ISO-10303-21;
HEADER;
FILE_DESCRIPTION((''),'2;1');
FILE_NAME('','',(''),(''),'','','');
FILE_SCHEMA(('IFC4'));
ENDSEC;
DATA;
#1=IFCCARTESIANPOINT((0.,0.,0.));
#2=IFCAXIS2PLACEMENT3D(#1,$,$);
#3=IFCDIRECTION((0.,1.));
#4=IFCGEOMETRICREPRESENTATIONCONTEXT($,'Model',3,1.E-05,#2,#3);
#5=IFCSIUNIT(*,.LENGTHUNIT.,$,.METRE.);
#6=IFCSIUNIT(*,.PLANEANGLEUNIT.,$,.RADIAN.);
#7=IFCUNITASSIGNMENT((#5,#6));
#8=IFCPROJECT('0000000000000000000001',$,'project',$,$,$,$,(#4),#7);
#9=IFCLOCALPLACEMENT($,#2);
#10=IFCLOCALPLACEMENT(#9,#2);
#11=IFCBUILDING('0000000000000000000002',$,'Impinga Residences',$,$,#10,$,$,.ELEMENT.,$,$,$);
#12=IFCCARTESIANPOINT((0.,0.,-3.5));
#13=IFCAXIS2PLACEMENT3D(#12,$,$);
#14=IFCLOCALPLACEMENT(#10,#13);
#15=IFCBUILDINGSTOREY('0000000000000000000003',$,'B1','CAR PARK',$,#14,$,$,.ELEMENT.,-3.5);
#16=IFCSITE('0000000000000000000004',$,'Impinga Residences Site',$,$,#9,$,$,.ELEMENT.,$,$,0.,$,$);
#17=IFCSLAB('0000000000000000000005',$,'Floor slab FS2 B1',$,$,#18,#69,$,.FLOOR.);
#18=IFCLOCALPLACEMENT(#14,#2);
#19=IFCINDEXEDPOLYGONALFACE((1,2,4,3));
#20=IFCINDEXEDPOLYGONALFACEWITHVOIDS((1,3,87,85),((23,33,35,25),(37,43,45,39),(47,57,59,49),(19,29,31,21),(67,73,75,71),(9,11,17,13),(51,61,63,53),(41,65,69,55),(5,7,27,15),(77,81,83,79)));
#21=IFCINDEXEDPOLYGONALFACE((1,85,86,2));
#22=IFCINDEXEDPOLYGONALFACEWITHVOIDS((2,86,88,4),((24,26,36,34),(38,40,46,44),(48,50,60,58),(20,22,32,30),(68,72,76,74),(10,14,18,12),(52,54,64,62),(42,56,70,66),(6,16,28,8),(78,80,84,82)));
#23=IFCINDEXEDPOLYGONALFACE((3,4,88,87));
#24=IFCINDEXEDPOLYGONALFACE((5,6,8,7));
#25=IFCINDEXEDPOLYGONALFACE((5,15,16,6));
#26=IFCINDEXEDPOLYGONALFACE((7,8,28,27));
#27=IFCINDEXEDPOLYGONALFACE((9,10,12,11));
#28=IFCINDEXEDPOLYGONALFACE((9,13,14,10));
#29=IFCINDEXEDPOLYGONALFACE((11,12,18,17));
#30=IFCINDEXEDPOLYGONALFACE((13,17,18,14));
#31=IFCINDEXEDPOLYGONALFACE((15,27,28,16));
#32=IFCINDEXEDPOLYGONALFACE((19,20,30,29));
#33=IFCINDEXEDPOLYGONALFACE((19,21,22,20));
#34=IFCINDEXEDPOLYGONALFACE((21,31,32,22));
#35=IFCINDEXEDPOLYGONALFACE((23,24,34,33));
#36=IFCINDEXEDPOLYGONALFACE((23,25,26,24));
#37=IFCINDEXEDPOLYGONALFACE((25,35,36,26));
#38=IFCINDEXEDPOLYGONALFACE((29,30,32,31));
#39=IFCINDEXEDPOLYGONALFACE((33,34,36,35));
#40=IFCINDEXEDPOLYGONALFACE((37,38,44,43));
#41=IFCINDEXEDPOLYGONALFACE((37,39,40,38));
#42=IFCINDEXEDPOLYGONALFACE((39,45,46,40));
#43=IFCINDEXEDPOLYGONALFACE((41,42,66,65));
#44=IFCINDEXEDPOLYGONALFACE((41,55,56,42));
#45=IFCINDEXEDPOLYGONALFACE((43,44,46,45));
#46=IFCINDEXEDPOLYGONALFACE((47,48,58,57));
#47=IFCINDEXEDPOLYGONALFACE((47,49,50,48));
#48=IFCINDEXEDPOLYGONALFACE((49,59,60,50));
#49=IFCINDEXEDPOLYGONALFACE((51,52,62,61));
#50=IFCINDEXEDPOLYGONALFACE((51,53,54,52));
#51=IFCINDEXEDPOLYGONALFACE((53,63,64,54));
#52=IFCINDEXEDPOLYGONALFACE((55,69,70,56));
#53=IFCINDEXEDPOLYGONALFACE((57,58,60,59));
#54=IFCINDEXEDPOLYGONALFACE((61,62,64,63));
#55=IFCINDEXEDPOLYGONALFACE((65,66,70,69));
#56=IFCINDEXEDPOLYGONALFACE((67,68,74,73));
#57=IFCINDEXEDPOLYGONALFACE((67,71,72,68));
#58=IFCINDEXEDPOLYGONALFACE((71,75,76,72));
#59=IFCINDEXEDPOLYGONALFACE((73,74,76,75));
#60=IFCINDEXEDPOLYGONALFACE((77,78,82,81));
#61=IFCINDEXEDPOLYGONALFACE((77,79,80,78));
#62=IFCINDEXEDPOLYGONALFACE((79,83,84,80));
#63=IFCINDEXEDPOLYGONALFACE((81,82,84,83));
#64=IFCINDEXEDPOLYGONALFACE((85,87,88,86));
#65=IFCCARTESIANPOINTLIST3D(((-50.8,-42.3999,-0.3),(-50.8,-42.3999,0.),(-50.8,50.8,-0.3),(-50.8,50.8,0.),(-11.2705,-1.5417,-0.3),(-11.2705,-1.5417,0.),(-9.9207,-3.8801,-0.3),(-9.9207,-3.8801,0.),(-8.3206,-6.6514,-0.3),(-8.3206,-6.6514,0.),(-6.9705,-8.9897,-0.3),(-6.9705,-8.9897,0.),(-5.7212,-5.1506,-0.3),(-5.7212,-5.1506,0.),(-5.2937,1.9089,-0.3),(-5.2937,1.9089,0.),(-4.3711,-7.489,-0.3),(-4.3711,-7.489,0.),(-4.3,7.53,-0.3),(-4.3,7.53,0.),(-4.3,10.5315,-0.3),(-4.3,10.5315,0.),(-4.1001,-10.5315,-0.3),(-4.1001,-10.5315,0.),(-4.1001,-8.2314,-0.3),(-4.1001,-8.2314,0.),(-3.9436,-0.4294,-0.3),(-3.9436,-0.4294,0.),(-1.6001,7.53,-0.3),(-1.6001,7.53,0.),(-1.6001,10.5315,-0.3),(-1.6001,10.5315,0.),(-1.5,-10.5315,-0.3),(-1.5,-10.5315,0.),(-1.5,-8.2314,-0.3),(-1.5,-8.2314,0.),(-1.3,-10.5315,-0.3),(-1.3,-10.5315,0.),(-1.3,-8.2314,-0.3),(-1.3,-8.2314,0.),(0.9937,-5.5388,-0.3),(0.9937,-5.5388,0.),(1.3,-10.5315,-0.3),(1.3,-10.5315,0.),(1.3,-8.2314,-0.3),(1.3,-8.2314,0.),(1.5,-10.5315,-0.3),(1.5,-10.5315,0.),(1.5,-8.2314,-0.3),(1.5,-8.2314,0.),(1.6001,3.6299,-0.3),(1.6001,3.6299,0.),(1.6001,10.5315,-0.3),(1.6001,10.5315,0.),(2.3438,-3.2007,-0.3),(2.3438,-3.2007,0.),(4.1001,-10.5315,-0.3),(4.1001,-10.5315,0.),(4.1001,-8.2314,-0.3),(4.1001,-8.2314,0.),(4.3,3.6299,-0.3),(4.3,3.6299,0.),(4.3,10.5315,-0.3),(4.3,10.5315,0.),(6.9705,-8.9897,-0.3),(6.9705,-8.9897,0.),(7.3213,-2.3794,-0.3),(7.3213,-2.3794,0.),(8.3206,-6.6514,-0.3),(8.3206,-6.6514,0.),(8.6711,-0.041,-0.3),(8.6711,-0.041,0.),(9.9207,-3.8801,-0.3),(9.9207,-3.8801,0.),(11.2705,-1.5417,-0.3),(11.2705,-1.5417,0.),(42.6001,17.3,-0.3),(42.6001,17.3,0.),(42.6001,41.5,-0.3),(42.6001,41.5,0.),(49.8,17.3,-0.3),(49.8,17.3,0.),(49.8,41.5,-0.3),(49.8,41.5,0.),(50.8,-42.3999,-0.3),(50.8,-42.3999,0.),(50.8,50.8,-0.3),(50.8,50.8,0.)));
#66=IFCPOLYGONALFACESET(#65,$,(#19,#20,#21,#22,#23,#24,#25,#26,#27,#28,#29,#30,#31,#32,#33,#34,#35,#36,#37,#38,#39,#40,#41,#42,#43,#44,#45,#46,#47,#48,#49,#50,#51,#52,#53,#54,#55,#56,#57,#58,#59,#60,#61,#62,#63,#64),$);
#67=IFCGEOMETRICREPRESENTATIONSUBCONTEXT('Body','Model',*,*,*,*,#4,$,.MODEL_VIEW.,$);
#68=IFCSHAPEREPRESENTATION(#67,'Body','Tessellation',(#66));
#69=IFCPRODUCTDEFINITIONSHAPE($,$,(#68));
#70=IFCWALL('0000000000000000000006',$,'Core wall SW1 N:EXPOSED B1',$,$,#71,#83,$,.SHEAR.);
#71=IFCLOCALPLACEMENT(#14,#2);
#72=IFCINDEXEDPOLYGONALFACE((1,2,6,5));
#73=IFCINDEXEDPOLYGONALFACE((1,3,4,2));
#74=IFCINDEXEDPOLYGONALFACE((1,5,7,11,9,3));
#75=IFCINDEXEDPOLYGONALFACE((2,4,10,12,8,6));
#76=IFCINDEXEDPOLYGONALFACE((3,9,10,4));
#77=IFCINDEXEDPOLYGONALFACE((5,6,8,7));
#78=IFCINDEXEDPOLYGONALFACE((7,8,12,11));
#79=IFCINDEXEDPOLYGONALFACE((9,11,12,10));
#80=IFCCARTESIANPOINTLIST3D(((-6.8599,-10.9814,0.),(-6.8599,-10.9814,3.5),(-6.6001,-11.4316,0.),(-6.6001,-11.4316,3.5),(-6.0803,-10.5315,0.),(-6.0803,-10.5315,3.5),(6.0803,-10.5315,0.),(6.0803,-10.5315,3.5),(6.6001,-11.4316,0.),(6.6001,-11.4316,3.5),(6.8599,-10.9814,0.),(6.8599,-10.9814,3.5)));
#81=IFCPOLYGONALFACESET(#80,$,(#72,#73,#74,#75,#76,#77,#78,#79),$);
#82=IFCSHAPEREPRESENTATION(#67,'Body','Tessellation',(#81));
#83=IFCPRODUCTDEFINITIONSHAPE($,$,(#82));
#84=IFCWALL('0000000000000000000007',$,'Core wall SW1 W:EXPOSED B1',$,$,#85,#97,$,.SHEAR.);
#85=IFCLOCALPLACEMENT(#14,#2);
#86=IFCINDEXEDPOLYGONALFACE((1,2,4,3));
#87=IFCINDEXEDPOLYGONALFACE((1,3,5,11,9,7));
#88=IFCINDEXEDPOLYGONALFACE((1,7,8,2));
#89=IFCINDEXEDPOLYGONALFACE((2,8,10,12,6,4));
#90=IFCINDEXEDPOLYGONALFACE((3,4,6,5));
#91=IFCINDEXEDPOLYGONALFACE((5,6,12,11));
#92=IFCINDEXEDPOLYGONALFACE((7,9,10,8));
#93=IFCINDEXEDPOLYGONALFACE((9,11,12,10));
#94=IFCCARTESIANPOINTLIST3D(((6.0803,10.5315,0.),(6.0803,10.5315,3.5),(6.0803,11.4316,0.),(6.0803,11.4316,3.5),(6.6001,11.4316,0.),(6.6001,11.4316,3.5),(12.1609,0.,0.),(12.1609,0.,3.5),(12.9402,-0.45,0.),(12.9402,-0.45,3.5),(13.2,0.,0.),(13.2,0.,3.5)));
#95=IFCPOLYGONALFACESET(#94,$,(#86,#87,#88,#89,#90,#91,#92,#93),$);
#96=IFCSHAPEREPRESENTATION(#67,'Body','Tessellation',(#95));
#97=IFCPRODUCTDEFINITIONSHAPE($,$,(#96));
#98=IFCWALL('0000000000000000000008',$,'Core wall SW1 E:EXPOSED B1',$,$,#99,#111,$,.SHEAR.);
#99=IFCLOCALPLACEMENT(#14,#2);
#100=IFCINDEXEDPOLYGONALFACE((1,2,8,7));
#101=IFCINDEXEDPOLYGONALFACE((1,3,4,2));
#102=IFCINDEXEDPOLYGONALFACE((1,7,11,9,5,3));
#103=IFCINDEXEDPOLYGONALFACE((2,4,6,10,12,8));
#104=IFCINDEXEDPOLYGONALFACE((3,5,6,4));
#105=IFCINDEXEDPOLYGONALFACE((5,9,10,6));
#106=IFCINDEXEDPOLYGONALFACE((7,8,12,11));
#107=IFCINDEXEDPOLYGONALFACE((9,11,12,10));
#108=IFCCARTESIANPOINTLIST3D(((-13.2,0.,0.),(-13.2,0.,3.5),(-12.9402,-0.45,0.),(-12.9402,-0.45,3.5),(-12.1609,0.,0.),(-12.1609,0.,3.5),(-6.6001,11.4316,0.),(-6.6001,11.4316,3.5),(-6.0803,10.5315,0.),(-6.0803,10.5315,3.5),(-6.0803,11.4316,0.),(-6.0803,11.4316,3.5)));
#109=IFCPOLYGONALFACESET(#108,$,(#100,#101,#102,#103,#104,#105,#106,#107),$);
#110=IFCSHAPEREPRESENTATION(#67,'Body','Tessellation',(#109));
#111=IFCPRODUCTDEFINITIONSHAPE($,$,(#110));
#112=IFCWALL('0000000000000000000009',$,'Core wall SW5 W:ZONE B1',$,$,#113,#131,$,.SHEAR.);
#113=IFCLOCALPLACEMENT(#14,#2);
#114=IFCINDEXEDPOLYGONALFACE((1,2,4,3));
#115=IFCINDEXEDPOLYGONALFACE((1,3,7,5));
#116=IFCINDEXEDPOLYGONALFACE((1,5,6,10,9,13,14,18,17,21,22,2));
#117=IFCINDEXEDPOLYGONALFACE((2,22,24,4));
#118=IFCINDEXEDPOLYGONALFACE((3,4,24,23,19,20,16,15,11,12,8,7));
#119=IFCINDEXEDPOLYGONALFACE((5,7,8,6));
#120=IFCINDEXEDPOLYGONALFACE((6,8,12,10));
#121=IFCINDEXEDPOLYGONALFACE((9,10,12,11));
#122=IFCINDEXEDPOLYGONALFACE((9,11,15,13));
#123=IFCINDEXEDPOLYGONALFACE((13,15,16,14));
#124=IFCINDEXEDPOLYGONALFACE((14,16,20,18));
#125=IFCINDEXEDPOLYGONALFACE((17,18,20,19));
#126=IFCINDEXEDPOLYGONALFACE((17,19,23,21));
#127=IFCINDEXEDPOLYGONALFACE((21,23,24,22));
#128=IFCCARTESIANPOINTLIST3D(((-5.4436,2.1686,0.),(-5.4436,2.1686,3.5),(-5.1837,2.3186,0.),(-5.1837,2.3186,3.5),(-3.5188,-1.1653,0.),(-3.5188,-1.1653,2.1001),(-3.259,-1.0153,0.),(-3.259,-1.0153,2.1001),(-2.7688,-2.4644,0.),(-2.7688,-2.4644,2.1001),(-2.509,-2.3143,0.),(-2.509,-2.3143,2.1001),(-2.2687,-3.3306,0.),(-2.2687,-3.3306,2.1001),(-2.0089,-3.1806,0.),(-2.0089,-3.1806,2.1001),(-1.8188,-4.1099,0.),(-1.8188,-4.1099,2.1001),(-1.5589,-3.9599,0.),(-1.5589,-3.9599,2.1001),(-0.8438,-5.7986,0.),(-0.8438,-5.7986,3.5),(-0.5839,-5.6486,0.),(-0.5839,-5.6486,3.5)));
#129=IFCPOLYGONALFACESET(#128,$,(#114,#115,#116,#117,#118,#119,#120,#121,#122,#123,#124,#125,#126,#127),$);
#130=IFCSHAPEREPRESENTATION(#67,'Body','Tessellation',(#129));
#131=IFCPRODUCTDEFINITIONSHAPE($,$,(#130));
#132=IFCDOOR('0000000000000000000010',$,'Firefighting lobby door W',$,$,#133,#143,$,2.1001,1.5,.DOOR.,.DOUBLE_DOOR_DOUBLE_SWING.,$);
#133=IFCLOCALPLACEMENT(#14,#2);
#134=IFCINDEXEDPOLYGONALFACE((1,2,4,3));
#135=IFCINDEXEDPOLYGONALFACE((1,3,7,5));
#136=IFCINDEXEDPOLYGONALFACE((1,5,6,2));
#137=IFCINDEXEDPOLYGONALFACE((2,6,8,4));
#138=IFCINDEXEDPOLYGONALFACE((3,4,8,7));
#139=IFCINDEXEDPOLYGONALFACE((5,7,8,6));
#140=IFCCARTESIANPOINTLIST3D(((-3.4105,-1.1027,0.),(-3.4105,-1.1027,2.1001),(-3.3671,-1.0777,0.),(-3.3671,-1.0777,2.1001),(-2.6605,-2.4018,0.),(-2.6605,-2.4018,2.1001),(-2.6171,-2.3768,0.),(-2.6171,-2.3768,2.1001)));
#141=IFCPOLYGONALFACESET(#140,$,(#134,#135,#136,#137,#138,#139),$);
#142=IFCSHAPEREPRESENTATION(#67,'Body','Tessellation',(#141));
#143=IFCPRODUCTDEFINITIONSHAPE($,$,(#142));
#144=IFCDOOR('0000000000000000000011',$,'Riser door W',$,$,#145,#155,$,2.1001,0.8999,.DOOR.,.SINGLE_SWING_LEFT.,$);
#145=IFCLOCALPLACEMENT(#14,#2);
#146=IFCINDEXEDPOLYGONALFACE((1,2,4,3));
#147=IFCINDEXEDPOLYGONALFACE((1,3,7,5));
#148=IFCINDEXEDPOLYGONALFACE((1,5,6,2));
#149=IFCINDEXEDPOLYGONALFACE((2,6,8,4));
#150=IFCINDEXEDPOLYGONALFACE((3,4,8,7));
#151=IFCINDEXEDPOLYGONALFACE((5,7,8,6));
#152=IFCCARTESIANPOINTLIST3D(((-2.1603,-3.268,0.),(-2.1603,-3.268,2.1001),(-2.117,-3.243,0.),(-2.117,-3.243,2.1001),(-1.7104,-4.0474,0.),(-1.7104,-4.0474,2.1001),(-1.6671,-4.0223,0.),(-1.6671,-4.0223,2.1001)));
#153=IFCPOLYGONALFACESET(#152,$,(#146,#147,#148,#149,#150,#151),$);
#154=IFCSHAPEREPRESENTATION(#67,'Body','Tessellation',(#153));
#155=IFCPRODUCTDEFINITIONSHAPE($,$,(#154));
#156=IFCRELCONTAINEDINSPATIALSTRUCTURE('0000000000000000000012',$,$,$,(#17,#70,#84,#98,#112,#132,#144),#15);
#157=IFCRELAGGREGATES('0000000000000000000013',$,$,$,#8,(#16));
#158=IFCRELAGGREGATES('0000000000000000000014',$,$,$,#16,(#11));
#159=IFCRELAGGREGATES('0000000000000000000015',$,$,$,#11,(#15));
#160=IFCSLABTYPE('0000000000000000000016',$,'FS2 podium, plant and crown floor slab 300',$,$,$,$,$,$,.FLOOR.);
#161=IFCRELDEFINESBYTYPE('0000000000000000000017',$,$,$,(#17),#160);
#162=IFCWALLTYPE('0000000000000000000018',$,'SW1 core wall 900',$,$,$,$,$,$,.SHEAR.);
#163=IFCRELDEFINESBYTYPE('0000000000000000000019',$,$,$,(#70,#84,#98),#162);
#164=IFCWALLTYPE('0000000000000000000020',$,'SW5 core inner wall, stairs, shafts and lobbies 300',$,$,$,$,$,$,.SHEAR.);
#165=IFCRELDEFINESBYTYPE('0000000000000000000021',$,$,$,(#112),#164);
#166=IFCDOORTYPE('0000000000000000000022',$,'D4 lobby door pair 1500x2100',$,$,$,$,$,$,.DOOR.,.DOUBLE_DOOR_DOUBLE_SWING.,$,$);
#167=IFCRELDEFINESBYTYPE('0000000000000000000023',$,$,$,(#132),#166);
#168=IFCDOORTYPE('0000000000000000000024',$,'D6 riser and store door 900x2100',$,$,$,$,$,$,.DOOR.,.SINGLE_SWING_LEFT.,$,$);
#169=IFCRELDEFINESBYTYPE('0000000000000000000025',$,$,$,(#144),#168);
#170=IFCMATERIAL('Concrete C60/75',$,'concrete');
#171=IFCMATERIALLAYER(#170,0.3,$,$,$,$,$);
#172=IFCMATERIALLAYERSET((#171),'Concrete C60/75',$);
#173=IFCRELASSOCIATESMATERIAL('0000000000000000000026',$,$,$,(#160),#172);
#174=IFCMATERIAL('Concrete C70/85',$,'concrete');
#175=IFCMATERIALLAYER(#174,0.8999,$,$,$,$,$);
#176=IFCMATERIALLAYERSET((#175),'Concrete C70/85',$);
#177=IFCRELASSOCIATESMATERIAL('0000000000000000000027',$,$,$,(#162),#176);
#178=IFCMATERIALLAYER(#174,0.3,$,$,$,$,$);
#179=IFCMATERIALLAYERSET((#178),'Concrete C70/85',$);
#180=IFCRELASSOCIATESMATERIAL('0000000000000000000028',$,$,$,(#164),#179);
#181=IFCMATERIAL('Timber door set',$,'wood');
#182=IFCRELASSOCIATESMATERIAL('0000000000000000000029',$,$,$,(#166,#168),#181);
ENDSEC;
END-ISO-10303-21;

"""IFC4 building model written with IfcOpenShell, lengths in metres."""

from ifc_helpers import new_model, si_unit, direction, frame, frame_2d, origin, place, context, subcontext, project, spatial, polyline, rectangle, outline, extrude, material, layer, layer_set, type_object, element, fill, save


model = new_model("IFC4")

# Units and contexts
model_context = context("Model", 3, precision=1e-05, world=origin(), true_north=direction((0.0, 1.0)))
body_context = subcontext(model_context, "Body", "Model", "MODEL_VIEW")
ifc_project = project(units=[si_unit("LENGTHUNIT", "METRE"), si_unit("PLANEANGLEUNIT", "RADIAN")], contexts=[model_context])

# Site, building, storey
site_placement = place(None, origin())
site = spatial("IfcSite", under=ifc_project, at=site_placement, Name="Impinga Residences Site", CompositionType="ELEMENT", RefElevation=0.0)
building_placement = place(site_placement, origin())
building = spatial("IfcBuilding", under=site, at=building_placement, Name="Impinga Residences", CompositionType="ELEMENT")
storey_placement = place(building_placement, frame((0.0, 0.0, -3.5)))
storey = spatial("IfcBuildingStorey", under=building, at=storey_placement, Name="B1", Description="CAR PARK", CompositionType="ELEMENT", Elevation=-3.5)

# Slab
ifc_material_1 = material(Name="Concrete C60/75", Category="concrete")
ifc_layer_1 = layer(ifc_material_1, 0.3)
ifc_layer_set_1 = layer_set([ifc_layer_1], Name="Concrete C60/75")
slab_type = type_object("IfcSlabType", Name="FS2 podium, plant and crown floor slab 300", PredefinedType="FLOOR", material=ifc_layer_set_1)
slab_placement = place(storey_placement, frame((0.0, 0.0, -0.3)))
element("IfcSlab", 1, at=slab_placement, inside=storey, type_object=slab_type, Name="Floor slab FS2 B1", PredefinedType="FLOOR", context=body_context, shape_type="SweptSolid", body=[
    extrude(outline(polyline([(-50.8, 50.8), (50.8, 50.8), (50.8, -42.3999), (-50.8, -42.3999), (-50.8, 50.8)]), holes=[polyline([(-4.1001, -10.5315), (-1.5, -10.5315), (-1.5, -8.2314), (-4.1001, -8.2314), (-4.1001, -10.5315)]), polyline([(-1.3, -10.5315), (1.3, -10.5315), (1.3, -8.2314), (-1.3, -8.2314), (-1.3, -10.5315)]), polyline([(1.5, -10.5315), (4.1001, -10.5315), (4.1001, -8.2314), (1.5, -8.2314), (1.5, -10.5315)]), polyline([(-5.7212, -5.1506), (-8.3206, -6.6514), (-6.9705, -8.9897), (-4.3711, -7.489), (-5.7212, -5.1506)]), polyline([(0.9937, -5.5388), (6.9705, -8.9897), (8.3206, -6.6514), (2.3438, -3.2007), (0.9937, -5.5388)]), polyline([(9.9207, -3.8801), (11.2705, -1.5417), (8.6711, -0.041), (7.3213, -2.3794), (9.9207, -3.8801)]), polyline([(-11.2705, -1.5417), (-9.9207, -3.8801), (-3.9436, -0.4294), (-5.2937, 1.9089), (-11.2705, -1.5417)]), polyline([(4.3, 10.5315), (1.6001, 10.5315), (1.6001, 3.6299), (4.3, 3.6299), (4.3, 10.5315)]), polyline([(-1.6001, 7.53), (-1.6001, 10.5315), (-4.3, 10.5315), (-4.3, 7.53), (-1.6001, 7.53)]), polyline([(49.8, 17.3), (49.8, 41.5), (42.6001, 41.5), (42.6001, 17.3), (49.8, 17.3)])]), origin(), (0.0, 0.0, 1.0), 0.3),
])

# Walls
ifc_material_2 = material(Name="Concrete C70/85", Category="concrete")
ifc_layer_2 = layer(ifc_material_2, 0.8999)
ifc_layer_set_2 = layer_set([ifc_layer_2], Name="Concrete C70/85")
wall_type_1 = type_object("IfcWallType", Name="SW1 core wall 900", PredefinedType="SHEAR", material=ifc_layer_set_2)
wall_1_placement = place(storey_placement, origin())
element("IfcWall", 2, at=wall_1_placement, inside=storey, type_object=wall_type_1, Name="Core wall SW1 N:EXPOSED B1", PredefinedType="SHEAR", context=body_context, shape_type="SweptSolid", body=[
    extrude(outline(polyline([(-6.6001, -11.4316), (6.6001, -11.4316), (6.8599, -10.9814), (6.0803, -10.5315), (-6.0803, -10.5315), (-6.8599, -10.9814), (-6.6001, -11.4316)])), origin(), (0.0, 0.0, 1.0), 3.5),
])
wall_2_placement = place(storey_placement, origin())
element("IfcWall", 3, at=wall_2_placement, inside=storey, type_object=wall_type_1, Name="Core wall SW1 W:EXPOSED B1", PredefinedType="SHEAR", context=body_context, shape_type="SweptSolid", body=[
    extrude(outline(polyline([(13.2, 0.0), (6.6001, 11.4316), (6.0803, 11.4316), (6.0803, 10.5315), (12.1609, 0.0), (12.9402, -0.45), (13.2, 0.0)])), origin(), (0.0, 0.0, 1.0), 3.5),
])
wall_3_placement = place(storey_placement, origin())
element("IfcWall", 4, at=wall_3_placement, inside=storey, type_object=wall_type_1, Name="Core wall SW1 E:EXPOSED B1", PredefinedType="SHEAR", context=body_context, shape_type="SweptSolid", body=[
    extrude(outline(polyline([(-6.6001, 11.4316), (-13.2, 0.0), (-12.9402, -0.45), (-12.1609, 0.0), (-6.0803, 10.5315), (-6.0803, 11.4316), (-6.6001, 11.4316)])), origin(), (0.0, 0.0, 1.0), 3.5),
])

# Wall, openings, doors
ifc_layer_3 = layer(ifc_material_2, 0.3)
ifc_layer_set_3 = layer_set([ifc_layer_3], Name="Concrete C70/85")
wall_type_2 = type_object("IfcWallType", Name="SW5 core inner wall, stairs, shafts and lobbies 300", PredefinedType="SHEAR", material=ifc_layer_set_3)
wall_4_placement = place(storey_placement, frame((-0.7139, -5.7236, 0.0), z_axis=(0.0, 0.0, 1.0), x_axis=(-0.499995, 0.866028, 0.0)))
wall_4 = element("IfcWall", 5, at=wall_4_placement, inside=storey, type_object=wall_type_2, Name="Core wall SW5 W:ZONE B1", PredefinedType="SHEAR", context=body_context, shape_type="SweptSolid", body=[
    extrude(rectangle(XDim=9.1997, YDim=0.3, at=frame_2d((4.5999, 0.0))), origin(), (0.0, 0.0, 1.0), 3.5),
])
opening_1_placement = place(wall_4_placement, frame((3.8501, 0.0, 0.0)))
opening_1 = element("IfcOpeningElement", 6, at=opening_1_placement, cuts=wall_4, PredefinedType="OPENING", context=body_context, shape_type="SweptSolid", body=[
    extrude(rectangle(XDim=1.5, YDim=2.1001, at=frame_2d((0.75, 1.05))), frame((0.0, 0.1599, 0.0), z_axis=(0.0, -1.0, 0.0), x_axis=(1.0, 0.0, 0.0)), (0.0, 0.0, 1.0), 0.3201),
])
opening_2_placement = place(wall_4_placement, frame((1.95, 0.0, 0.0)))
opening_2 = element("IfcOpeningElement", 7, at=opening_2_placement, cuts=wall_4, PredefinedType="OPENING", context=body_context, shape_type="SweptSolid", body=[
    extrude(rectangle(XDim=0.8999, YDim=2.1001, at=frame_2d((0.45, 1.05))), frame((0.0, 0.1599, 0.0), z_axis=(0.0, -1.0, 0.0), x_axis=(1.0, 0.0, 0.0)), (0.0, 0.0, 1.0), 0.3201),
])
ifc_material_3 = material(Name="Timber door set", Category="wood")
door_type_1 = type_object("IfcDoorType", Name="D4 lobby door pair 1500x2100", OperationType="DOUBLE_DOOR_DOUBLE_SWING", PredefinedType="DOOR", material=ifc_material_3)
door_1_placement = place(opening_1_placement, origin())
door_1 = element("IfcDoor", 8, at=door_1_placement, inside=storey, type_object=door_type_1, Name="Firefighting lobby door W", OperationType="DOUBLE_DOOR_DOUBLE_SWING", OverallHeight=2.1001, OverallWidth=1.5, PredefinedType="DOOR", context=body_context, shape_type="SweptSolid", body=[
    extrude(rectangle(XDim=1.5, YDim=2.1001, at=frame_2d((0.75, 1.05))), frame((0.0, 0.0249, 0.0), z_axis=(0.0, -1.0, 0.0), x_axis=(1.0, 0.0, 0.0)), (0.0, 0.0, 1.0), 0.05),
])
fill(opening_1, door_1)
door_type_2 = type_object("IfcDoorType", Name="D6 riser and store door 900x2100", OperationType="SINGLE_SWING_LEFT", PredefinedType="DOOR", material=ifc_material_3)
door_2_placement = place(opening_2_placement, origin())
door_2 = element("IfcDoor", 9, at=door_2_placement, inside=storey, type_object=door_type_2, Name="Riser door W", OperationType="SINGLE_SWING_LEFT", OverallHeight=2.1001, OverallWidth=0.8999, PredefinedType="DOOR", context=body_context, shape_type="SweptSolid", body=[
    extrude(rectangle(XDim=0.8999, YDim=2.1001, at=frame_2d((0.45, 1.05))), frame((0.0, 0.0249, 0.0), z_axis=(0.0, -1.0, 0.0), x_axis=(1.0, 0.0, 0.0)), (0.0, 0.0, 1.0), 0.05),
])
fill(opening_2, door_2)

save(model, "model.ifc")
